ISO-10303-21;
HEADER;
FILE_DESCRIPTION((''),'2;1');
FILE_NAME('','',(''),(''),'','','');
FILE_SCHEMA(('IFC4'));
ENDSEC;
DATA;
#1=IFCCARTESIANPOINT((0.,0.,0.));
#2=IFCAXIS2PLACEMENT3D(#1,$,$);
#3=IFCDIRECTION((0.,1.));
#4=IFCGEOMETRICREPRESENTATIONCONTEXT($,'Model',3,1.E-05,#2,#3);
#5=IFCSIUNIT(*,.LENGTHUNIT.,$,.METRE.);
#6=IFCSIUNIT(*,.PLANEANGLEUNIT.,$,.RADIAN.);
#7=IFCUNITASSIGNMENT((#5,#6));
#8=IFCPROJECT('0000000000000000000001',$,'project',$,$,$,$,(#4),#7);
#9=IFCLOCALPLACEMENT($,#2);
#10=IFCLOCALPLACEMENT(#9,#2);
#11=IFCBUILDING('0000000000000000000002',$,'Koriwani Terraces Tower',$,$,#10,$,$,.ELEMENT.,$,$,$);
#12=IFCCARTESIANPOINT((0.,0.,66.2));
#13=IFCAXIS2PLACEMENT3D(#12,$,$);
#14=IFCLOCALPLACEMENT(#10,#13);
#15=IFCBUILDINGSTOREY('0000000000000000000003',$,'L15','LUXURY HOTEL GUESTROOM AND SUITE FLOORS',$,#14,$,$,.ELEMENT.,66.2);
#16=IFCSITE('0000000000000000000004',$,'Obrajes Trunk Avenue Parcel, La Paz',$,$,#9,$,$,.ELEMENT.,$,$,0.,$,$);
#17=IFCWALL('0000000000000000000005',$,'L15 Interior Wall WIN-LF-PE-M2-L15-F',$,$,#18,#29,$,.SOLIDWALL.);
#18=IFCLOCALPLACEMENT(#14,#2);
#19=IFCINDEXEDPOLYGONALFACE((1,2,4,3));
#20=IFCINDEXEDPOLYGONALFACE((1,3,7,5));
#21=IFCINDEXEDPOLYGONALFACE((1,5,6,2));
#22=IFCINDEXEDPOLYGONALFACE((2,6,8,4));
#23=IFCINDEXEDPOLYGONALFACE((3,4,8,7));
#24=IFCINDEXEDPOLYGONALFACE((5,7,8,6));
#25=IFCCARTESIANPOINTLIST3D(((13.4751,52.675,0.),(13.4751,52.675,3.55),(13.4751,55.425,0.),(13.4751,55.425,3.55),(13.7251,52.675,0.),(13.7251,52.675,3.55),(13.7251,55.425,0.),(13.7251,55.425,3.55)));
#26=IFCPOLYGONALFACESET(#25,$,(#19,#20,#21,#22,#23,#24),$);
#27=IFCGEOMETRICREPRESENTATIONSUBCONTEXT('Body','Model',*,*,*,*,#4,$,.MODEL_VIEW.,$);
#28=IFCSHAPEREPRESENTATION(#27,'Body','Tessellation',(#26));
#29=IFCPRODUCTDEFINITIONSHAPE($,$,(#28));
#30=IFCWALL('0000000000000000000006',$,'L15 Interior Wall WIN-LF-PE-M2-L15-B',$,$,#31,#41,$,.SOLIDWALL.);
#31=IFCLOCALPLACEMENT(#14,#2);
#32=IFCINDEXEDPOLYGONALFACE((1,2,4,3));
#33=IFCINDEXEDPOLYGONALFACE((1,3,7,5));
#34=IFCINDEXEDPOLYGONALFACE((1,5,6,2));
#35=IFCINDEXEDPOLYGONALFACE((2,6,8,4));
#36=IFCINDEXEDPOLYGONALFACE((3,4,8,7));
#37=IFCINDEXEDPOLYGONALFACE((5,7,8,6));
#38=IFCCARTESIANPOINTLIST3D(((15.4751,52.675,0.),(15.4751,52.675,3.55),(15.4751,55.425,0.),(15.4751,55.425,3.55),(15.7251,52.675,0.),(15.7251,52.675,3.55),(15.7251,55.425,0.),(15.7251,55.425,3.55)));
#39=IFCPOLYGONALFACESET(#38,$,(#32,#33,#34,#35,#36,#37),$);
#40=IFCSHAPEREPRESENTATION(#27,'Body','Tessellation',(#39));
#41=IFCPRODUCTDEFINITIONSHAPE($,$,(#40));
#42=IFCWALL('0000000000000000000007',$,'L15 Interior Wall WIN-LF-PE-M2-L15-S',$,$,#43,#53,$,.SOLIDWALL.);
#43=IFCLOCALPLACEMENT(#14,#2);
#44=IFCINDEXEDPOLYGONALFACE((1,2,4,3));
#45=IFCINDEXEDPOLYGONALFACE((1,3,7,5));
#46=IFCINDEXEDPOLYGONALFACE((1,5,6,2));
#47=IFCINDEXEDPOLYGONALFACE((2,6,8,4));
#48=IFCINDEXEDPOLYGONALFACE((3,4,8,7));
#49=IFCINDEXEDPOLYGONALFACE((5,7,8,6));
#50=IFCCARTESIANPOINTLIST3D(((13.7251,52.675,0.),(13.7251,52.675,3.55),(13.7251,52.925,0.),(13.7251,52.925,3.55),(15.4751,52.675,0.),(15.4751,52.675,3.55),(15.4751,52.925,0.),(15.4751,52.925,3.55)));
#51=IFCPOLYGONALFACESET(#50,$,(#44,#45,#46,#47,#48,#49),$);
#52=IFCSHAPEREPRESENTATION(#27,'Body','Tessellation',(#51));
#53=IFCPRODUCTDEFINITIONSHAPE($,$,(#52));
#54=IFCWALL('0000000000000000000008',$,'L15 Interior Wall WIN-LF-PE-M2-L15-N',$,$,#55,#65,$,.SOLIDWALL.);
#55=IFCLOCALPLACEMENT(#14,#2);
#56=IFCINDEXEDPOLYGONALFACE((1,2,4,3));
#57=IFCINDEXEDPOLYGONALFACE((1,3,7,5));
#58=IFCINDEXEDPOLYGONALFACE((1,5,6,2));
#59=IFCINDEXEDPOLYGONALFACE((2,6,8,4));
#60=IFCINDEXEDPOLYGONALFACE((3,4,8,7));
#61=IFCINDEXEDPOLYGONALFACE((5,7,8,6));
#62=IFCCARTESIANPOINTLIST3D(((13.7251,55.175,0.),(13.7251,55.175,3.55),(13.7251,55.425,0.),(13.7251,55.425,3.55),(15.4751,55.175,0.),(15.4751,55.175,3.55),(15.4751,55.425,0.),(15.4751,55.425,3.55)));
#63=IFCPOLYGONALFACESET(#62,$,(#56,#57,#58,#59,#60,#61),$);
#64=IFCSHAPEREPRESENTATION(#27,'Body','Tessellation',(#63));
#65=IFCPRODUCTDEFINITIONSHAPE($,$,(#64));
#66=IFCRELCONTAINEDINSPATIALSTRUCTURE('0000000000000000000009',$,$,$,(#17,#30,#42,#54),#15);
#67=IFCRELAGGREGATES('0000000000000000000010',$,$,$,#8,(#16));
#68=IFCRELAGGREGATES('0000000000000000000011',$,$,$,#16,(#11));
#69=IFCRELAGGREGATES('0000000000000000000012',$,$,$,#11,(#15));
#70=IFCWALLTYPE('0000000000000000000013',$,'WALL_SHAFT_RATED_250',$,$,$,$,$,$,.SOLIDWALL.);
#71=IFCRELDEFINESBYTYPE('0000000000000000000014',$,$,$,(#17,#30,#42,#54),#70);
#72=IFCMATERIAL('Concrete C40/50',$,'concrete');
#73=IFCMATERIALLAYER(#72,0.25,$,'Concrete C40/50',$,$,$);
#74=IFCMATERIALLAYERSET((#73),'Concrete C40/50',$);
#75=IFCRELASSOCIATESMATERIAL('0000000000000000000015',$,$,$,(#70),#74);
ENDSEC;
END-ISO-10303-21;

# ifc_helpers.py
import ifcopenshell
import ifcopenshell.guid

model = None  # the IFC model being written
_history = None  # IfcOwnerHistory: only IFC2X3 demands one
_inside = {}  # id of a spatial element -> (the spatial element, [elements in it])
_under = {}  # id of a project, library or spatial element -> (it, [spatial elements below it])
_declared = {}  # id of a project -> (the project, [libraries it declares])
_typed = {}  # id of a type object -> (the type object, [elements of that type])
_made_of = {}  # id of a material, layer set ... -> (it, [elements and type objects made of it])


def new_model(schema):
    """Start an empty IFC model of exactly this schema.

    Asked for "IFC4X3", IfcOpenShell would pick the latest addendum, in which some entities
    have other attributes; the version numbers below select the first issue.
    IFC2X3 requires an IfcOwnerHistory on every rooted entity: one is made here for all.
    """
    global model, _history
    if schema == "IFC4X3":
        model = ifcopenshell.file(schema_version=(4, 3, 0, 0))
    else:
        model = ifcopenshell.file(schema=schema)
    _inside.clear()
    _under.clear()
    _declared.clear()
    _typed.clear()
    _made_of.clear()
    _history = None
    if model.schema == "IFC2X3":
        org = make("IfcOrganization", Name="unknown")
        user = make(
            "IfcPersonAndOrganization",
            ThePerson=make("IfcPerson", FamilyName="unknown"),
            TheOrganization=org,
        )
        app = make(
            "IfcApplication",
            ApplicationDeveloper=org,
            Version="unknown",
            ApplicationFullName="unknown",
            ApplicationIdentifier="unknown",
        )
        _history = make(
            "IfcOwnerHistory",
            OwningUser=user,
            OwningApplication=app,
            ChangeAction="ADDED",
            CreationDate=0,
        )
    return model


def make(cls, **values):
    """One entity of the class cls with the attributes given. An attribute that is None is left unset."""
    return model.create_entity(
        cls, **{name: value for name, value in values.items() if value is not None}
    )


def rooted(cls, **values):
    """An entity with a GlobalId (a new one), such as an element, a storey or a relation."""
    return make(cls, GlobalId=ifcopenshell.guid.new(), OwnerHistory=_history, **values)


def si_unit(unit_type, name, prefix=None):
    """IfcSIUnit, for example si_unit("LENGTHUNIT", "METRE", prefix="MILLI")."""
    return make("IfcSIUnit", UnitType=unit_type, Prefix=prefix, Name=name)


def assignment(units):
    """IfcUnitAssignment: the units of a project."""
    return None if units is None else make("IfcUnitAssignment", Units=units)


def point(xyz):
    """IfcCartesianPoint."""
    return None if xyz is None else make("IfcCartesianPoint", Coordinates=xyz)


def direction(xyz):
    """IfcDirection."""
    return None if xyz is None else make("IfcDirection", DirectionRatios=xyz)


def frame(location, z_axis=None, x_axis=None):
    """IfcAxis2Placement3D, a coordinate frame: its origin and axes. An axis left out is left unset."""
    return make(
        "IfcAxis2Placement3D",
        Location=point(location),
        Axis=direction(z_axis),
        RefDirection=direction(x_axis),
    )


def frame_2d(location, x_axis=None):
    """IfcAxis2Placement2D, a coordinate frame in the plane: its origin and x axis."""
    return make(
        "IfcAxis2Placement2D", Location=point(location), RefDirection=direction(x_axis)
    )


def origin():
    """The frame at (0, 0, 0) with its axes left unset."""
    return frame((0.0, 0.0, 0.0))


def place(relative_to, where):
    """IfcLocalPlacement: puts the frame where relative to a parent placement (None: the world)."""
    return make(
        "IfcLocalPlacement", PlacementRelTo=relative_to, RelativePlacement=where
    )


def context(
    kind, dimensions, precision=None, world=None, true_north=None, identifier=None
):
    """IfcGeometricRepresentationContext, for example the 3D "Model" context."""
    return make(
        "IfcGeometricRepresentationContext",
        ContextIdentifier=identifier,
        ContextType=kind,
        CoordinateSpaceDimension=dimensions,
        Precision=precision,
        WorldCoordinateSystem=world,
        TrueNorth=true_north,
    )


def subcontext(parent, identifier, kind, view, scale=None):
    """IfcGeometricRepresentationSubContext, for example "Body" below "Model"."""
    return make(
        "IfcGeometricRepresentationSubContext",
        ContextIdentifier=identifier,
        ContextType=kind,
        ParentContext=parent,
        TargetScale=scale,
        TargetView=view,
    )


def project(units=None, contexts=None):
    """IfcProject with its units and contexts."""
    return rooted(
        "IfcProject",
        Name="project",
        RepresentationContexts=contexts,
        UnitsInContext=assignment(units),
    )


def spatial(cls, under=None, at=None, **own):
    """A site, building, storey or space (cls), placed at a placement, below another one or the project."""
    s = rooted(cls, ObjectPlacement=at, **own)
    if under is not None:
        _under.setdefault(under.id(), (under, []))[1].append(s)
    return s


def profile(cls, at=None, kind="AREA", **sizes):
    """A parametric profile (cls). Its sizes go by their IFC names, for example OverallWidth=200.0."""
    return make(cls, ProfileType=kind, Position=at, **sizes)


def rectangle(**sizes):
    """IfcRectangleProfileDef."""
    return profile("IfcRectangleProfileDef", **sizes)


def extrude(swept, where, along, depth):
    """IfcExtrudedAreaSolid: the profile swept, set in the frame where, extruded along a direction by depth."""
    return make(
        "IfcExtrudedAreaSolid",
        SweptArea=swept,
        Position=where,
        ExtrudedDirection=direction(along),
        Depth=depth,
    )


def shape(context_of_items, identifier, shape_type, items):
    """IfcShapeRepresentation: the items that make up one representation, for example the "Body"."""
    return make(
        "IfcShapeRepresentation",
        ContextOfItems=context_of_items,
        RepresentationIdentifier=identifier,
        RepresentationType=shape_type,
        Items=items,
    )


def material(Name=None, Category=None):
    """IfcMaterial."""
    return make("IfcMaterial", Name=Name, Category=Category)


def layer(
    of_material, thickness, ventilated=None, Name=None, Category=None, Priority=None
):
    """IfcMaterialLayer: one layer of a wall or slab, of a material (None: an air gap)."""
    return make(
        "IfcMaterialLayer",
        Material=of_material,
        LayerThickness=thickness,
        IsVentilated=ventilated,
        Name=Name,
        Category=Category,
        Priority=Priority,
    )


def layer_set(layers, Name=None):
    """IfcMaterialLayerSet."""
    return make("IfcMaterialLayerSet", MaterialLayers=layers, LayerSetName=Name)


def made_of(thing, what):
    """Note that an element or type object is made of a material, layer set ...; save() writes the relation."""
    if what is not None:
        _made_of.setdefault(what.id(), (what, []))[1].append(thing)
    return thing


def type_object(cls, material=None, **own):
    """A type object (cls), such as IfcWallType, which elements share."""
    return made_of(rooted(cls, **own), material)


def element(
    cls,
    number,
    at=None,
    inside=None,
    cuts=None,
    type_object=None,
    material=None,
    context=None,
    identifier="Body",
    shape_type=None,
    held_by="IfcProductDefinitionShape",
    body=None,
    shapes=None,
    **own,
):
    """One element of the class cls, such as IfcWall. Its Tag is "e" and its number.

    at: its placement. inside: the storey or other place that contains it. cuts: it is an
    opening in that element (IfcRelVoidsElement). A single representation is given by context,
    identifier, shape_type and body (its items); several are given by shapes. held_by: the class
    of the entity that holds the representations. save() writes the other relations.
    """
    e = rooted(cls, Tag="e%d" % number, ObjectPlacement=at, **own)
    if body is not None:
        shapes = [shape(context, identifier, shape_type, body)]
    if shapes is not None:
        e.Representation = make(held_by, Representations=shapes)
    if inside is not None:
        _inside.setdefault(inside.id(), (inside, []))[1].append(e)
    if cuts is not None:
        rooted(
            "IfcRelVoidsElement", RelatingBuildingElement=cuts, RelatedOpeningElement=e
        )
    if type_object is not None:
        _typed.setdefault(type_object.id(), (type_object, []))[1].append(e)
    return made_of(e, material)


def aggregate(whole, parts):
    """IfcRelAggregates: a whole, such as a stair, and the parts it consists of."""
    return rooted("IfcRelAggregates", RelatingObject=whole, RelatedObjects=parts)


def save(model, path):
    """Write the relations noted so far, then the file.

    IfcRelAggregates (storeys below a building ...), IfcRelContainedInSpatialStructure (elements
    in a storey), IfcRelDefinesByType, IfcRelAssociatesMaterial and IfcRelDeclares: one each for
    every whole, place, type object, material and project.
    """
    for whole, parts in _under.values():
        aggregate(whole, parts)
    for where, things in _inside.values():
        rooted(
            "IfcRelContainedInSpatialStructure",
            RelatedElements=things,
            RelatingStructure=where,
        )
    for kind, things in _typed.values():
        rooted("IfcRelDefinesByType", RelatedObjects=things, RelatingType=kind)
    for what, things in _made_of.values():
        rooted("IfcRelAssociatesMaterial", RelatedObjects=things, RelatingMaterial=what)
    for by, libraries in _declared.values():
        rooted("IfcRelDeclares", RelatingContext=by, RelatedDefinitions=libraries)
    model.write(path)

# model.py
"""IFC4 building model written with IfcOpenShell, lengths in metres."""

from ifc_helpers import new_model, si_unit, direction, frame, frame_2d, origin, place, context, subcontext, project, spatial, rectangle, extrude, material, layer, layer_set, type_object, element, save


model = new_model("IFC4")

# Units and contexts
model_context = context("Model", 3, precision=1e-05, world=origin(), true_north=direction((0.0, 1.0)))
body_context = subcontext(model_context, "Body", "Model", "MODEL_VIEW")
ifc_project = project(units=[si_unit("LENGTHUNIT", "METRE"), si_unit("PLANEANGLEUNIT", "RADIAN")], contexts=[model_context])

# Site, building, storey
site_placement = place(None, origin())
site = spatial("IfcSite", under=ifc_project, at=site_placement, Name="Obrajes Trunk Avenue Parcel, La Paz", CompositionType="ELEMENT", RefElevation=0.0)
building_placement = place(site_placement, origin())
building = spatial("IfcBuilding", under=site, at=building_placement, Name="Koriwani Terraces Tower", CompositionType="ELEMENT")
storey_placement = place(building_placement, frame((0.0, 0.0, 66.2)))
storey = spatial("IfcBuildingStorey", under=building, at=storey_placement, Name="L15", Description="LUXURY HOTEL GUESTROOM AND SUITE FLOORS", CompositionType="ELEMENT", Elevation=66.2)

# Shared definitions
ifc_material_1 = material(Name="Concrete C40/50", Category="concrete")

# Shared definitions
ifc_layer_1 = layer(ifc_material_1, 0.25, Name="Concrete C40/50")
ifc_layer_set_1 = layer_set([ifc_layer_1], Name="Concrete C40/50")
wall_type_1 = type_object("IfcWallType", Name="WALL_SHAFT_RATED_250", PredefinedType="SOLIDWALL", material=ifc_layer_set_1)

# Walls
for number, where, z_axis, x_axis, name in (
    (1, (13.6001, 52.675, 0.0), (0.0, 0.0, 1.0), (0.0, 1.0, 0.0), "L15 Interior Wall WIN-LF-PE-M2-L15-F"),
    (2, (15.6001, 52.675, 0.0), (0.0, 0.0, 1.0), (0.0, 1.0, 0.0), "L15 Interior Wall WIN-LF-PE-M2-L15-B"),
):
    element("IfcWall", number, at=place(storey_placement, frame(where, z_axis=z_axis, x_axis=x_axis)), inside=storey, type_object=wall_type_1, Name=name, PredefinedType="SOLIDWALL", context=body_context, shape_type="SweptSolid", body=[
        extrude(rectangle(XDim=2.75, YDim=0.25, at=frame_2d((1.375, 0.0))), origin(), (0.0, 0.0, 1.0), 3.55),
    ])
for number, where, z_axis, x_axis, name in (
    (3, (13.7251, 52.8, 0.0), (0.0, 0.0, 1.0), (1.0, 0.0, 0.0), "L15 Interior Wall WIN-LF-PE-M2-L15-S"),
    (4, (13.7251, 55.3, 0.0), (0.0, 0.0, 1.0), (1.0, 0.0, 0.0), "L15 Interior Wall WIN-LF-PE-M2-L15-N"),
):
    element("IfcWall", number, at=place(storey_placement, frame(where, z_axis=z_axis, x_axis=x_axis)), inside=storey, type_object=wall_type_1, Name=name, PredefinedType="SOLIDWALL", context=body_context, shape_type="SweptSolid", body=[
        extrude(rectangle(XDim=1.75, YDim=0.25, at=frame_2d((0.875, 0.0))), origin(), (0.0, 0.0, 1.0), 3.55),
    ])

save(model, "model.ifc")
